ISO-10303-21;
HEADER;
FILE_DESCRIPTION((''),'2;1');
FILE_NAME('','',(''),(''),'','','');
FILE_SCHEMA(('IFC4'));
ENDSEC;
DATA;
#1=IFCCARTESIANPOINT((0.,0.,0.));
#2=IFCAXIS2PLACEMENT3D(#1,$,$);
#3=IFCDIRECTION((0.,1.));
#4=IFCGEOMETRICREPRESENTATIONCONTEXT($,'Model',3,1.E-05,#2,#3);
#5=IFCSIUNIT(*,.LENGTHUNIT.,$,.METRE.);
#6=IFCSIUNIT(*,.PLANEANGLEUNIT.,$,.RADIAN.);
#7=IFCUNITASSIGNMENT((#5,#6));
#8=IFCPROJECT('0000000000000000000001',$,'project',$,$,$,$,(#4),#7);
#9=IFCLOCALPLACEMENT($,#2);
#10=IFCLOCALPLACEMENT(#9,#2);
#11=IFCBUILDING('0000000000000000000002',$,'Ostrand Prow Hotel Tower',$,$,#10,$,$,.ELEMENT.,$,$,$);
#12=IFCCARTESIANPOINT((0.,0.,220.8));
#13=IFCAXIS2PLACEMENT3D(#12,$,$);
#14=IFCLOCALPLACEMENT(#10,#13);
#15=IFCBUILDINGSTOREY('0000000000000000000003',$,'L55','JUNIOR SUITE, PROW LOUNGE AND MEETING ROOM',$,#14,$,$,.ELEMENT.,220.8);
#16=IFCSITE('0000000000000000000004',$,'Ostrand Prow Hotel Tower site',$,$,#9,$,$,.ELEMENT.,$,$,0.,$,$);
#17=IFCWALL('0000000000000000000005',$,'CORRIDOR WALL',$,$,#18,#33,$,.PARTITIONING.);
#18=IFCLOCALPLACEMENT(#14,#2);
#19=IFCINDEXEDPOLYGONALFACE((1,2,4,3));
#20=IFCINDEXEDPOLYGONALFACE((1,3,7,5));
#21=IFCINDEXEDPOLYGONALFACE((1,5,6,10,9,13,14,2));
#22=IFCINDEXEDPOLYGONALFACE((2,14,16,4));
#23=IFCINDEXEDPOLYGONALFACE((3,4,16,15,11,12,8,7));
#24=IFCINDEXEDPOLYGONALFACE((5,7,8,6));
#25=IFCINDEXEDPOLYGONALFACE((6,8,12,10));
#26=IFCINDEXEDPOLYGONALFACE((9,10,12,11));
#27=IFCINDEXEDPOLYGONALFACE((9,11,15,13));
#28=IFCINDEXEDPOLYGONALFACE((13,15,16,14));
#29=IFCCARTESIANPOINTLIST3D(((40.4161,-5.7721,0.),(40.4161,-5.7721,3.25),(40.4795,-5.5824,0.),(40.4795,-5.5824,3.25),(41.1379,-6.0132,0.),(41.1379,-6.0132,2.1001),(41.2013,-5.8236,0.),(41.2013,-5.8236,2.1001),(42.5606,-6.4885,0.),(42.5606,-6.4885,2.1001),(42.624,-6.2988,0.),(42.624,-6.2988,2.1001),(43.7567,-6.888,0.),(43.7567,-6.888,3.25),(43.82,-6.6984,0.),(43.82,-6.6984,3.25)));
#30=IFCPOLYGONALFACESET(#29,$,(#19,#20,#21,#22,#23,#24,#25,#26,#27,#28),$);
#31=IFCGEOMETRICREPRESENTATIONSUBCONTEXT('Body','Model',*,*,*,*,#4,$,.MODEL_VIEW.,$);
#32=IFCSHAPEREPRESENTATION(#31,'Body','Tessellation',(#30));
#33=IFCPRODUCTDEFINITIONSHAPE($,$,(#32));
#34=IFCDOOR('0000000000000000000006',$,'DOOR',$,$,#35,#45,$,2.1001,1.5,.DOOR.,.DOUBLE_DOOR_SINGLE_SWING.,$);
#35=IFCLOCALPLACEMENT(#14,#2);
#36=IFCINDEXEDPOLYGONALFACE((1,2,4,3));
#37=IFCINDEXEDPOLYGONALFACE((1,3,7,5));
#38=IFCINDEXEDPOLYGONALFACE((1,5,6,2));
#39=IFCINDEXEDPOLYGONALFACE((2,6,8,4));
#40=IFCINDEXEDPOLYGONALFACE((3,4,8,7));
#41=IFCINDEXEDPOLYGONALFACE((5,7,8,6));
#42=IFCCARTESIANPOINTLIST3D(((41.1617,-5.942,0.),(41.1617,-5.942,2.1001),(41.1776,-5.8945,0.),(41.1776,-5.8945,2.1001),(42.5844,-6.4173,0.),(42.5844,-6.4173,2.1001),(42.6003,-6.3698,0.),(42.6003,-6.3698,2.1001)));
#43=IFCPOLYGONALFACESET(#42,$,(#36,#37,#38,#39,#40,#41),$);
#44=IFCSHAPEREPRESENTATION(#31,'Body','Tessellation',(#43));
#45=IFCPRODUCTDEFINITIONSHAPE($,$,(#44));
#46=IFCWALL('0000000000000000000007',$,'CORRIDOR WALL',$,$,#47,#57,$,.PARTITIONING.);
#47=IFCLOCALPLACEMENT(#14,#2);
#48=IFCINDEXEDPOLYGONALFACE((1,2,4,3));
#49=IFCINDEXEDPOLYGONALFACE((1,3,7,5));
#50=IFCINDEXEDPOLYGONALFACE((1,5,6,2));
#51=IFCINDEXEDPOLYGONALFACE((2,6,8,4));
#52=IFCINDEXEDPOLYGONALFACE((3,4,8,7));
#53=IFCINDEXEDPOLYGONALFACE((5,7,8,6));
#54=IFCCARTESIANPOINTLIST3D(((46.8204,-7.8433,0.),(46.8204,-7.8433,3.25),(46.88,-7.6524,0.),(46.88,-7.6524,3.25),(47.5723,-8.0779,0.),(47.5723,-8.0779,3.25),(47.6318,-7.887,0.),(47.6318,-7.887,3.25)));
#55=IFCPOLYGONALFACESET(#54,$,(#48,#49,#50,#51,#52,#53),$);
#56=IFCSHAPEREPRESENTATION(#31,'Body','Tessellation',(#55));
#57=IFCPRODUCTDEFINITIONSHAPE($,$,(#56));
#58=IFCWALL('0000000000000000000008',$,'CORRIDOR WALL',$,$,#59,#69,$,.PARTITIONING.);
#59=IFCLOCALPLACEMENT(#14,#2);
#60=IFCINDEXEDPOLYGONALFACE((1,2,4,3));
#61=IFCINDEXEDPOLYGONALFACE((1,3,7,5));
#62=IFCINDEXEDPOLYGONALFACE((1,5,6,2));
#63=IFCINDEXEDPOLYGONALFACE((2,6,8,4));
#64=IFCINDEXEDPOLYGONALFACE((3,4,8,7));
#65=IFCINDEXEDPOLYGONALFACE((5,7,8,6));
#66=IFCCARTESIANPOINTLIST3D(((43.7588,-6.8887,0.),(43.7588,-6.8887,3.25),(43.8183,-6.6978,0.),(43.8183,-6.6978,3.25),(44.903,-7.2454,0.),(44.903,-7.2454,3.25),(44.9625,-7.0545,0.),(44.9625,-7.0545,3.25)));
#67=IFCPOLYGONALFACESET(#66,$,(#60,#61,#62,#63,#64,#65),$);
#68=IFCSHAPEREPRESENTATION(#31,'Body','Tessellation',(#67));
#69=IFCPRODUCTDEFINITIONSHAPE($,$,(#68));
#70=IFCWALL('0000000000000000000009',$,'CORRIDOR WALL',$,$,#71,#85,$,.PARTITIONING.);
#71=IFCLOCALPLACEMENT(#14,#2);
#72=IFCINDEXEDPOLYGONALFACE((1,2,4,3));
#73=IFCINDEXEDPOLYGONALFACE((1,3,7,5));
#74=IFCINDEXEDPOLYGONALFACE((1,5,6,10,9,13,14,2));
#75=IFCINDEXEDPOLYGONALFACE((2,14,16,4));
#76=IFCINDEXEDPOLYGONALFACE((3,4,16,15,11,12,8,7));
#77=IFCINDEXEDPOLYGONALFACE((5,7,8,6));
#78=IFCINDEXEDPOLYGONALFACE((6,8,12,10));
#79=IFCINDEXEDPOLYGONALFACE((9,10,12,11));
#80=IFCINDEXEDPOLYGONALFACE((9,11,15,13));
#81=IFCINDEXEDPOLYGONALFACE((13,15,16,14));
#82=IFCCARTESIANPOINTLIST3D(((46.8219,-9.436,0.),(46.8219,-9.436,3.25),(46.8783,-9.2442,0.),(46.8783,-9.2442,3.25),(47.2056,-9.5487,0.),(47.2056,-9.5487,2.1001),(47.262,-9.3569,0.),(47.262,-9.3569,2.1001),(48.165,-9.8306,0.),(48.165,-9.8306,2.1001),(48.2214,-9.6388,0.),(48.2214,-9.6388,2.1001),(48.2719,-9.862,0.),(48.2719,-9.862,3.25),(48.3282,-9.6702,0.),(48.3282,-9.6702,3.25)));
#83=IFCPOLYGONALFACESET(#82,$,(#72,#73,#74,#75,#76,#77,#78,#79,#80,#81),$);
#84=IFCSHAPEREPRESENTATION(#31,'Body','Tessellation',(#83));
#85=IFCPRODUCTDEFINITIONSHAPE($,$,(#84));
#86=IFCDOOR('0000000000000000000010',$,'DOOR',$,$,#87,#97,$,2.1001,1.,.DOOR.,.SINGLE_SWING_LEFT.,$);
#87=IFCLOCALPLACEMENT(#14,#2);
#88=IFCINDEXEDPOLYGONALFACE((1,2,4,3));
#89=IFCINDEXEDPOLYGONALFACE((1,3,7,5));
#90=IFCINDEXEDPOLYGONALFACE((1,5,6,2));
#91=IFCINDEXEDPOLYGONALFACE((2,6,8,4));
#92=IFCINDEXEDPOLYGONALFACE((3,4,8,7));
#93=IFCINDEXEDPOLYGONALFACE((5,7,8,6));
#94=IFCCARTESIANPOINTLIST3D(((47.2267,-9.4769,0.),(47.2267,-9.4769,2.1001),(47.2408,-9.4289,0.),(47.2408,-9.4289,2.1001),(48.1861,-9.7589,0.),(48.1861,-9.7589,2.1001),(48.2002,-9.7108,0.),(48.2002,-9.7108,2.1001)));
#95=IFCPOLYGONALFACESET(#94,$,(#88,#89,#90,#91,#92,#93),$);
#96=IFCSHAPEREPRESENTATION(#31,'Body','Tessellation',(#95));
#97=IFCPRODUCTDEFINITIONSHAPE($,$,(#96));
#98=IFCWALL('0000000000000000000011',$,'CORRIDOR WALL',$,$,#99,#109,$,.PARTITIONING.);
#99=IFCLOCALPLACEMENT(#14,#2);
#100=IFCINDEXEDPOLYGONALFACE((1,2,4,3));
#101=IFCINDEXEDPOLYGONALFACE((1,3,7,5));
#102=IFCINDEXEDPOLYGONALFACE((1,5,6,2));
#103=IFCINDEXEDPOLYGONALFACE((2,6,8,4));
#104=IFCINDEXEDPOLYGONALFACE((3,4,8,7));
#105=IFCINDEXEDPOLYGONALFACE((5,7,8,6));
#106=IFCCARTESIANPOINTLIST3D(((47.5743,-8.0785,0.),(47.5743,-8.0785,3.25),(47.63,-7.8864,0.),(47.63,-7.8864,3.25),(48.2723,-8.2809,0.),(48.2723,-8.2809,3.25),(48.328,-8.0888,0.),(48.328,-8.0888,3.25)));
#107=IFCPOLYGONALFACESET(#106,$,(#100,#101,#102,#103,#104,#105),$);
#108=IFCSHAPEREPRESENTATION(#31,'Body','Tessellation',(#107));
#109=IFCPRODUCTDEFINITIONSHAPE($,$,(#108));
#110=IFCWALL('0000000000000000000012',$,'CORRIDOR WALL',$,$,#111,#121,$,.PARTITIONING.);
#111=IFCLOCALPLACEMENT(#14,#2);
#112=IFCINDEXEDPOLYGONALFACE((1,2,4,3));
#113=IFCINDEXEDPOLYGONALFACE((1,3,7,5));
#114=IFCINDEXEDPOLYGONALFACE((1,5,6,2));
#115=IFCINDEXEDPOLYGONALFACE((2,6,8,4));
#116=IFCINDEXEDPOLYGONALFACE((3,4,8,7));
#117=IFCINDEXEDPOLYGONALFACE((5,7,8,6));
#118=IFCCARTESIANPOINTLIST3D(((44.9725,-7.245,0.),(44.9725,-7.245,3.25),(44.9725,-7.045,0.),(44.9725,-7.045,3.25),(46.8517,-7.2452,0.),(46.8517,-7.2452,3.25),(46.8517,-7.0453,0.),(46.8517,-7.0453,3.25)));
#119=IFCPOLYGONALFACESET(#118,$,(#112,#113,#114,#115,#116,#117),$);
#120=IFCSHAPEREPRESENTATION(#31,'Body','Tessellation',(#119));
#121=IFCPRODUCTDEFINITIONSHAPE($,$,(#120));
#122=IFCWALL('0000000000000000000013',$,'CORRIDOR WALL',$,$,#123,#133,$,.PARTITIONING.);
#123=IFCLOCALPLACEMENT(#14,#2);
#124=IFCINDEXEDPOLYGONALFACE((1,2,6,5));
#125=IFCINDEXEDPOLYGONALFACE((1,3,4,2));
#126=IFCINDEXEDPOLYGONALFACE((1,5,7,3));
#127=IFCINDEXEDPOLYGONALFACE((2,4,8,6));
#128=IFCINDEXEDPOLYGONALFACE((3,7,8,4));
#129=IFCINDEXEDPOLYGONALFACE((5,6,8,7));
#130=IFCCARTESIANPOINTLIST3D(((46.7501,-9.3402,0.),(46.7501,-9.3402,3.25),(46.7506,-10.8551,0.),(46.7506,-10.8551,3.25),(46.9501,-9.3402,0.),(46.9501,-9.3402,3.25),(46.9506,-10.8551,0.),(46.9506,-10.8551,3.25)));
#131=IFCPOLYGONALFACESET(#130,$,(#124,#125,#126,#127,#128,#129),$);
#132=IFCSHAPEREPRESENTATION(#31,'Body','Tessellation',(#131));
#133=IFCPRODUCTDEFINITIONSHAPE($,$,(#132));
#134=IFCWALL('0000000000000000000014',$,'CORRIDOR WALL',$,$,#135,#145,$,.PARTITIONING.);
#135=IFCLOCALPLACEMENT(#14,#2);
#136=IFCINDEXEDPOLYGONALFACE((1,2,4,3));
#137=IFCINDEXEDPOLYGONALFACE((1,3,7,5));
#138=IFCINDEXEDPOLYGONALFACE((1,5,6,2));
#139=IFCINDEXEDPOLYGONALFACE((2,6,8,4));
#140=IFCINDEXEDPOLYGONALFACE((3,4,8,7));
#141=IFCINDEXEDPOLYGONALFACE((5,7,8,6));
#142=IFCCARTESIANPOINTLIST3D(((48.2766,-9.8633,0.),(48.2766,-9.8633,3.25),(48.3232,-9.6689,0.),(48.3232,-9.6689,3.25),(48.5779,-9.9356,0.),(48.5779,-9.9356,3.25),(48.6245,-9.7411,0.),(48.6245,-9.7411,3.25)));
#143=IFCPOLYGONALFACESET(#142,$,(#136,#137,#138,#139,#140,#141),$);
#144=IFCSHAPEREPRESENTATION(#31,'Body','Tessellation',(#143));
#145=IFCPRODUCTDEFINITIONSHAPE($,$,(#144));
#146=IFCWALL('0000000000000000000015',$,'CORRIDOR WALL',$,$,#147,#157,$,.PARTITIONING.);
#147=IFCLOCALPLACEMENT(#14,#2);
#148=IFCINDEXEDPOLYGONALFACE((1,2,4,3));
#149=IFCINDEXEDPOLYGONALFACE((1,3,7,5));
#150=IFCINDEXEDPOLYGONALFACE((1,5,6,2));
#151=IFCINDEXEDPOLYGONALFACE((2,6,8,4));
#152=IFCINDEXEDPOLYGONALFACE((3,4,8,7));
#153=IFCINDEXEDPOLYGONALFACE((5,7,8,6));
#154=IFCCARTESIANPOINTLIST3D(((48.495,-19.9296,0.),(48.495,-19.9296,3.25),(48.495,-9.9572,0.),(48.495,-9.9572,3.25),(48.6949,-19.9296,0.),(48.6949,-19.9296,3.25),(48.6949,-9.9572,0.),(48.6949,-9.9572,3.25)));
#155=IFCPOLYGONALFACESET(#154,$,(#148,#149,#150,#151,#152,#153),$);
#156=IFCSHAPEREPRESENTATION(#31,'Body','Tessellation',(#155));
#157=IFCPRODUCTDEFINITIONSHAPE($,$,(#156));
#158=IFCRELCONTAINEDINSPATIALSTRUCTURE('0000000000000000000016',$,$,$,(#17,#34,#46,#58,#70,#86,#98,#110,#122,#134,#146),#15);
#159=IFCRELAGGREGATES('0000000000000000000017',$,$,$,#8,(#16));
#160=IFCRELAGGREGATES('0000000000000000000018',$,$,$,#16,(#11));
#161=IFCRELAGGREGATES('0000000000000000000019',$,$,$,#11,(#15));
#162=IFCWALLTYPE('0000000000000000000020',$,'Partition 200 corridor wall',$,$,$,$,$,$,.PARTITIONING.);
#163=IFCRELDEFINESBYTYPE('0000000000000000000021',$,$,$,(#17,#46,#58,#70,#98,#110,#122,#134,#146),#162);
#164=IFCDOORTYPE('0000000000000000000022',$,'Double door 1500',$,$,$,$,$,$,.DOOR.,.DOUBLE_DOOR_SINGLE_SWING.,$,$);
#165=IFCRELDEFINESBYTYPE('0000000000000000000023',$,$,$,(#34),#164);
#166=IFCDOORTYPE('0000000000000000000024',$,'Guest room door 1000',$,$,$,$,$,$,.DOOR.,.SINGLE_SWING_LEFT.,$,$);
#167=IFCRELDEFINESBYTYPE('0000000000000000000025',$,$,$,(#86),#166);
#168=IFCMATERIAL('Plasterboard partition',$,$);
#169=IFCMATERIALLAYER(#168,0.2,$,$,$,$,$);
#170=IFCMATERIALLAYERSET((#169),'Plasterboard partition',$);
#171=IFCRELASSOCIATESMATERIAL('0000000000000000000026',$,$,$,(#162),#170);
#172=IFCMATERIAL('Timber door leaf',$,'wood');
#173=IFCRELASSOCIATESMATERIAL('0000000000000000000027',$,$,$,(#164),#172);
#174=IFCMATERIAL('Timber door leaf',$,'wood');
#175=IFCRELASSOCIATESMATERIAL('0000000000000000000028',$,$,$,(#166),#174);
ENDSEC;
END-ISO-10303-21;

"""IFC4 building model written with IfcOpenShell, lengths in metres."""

from ifc_helpers import new_model, si_unit, direction, frame, frame_2d, origin, place, context, subcontext, project, spatial, rectangle, extrude, material, layer, layer_set, type_object, element, fill, save


model = new_model("IFC4")

# Units and contexts
model_context = context("Model", 3, precision=1e-05, world=origin(), true_north=direction((0.0, 1.0)))
body_context = subcontext(model_context, "Body", "Model", "MODEL_VIEW")
ifc_project = project(units=[si_unit("LENGTHUNIT", "METRE"), si_unit("PLANEANGLEUNIT", "RADIAN")], contexts=[model_context])

# Site, building, storey
site_placement = place(None, origin())
site = spatial("IfcSite", under=ifc_project, at=site_placement, Name="Ostrand Prow Hotel Tower site", CompositionType="ELEMENT", RefElevation=0.0)
building_placement = place(site_placement, origin())
building = spatial("IfcBuilding", under=site, at=building_placement, Name="Ostrand Prow Hotel Tower", CompositionType="ELEMENT")
storey_placement = place(building_placement, frame((0.0, 0.0, 220.8)))
storey = spatial("IfcBuildingStorey", under=building, at=storey_placement, Name="L55", Description="JUNIOR SUITE, PROW LOUNGE AND MEETING ROOM", CompositionType="ELEMENT", Elevation=220.8)

# Wall, opening, door
ifc_material_1 = material(Name="Plasterboard partition")
ifc_layer_1 = layer(ifc_material_1, 0.2)
ifc_layer_set_1 = layer_set([ifc_layer_1], Name="Plasterboard partition")
wall_type_1 = type_object("IfcWallType", Name="Partition 200 corridor wall", PredefinedType="PARTITIONING", material=ifc_layer_set_1)
wall_1_placement = place(storey_placement, frame((43.7883, -6.7932, 0.0), z_axis=(0.0, 0.0, 1.0), x_axis=(-0.948475, 0.316852, 0.0)))
wall_1 = element("IfcWall", 1, at=wall_1_placement, inside=storey, type_object=wall_type_1, Name="CORRIDOR WALL", PredefinedType="PARTITIONING", context=body_context, shape_type="SweptSolid", body=[
    extrude(rectangle(XDim=3.522, YDim=0.2, at=frame_2d((1.761, 0.0))), origin(), (0.0, 0.0, 1.0), 3.25),
])
opening_1_placement = place(wall_1_placement, frame((1.261, 0.0, 0.0)))
opening_1 = element("IfcOpeningElement", 2, at=opening_1_placement, cuts=wall_1, PredefinedType="OPENING", context=body_context, shape_type="SweptSolid", body=[
    extrude(rectangle(XDim=1.5, YDim=2.1001, at=frame_2d((0.75, 1.05))), frame((0.0, 0.1099, 0.0), z_axis=(0.0, -1.0, 0.0), x_axis=(1.0, 0.0, 0.0)), (0.0, 0.0, 1.0), 0.22),
])
ifc_material_2 = material(Name="Timber door leaf", Category="wood")
door_type_1 = type_object("IfcDoorType", Name="Double door 1500", OperationType="DOUBLE_DOOR_SINGLE_SWING", PredefinedType="DOOR", material=ifc_material_2)
door_1_placement = place(opening_1_placement, origin())
door_1 = element("IfcDoor", 3, at=door_1_placement, inside=storey, type_object=door_type_1, Name="DOOR", OperationType="DOUBLE_DOOR_SINGLE_SWING", OverallHeight=2.1001, OverallWidth=1.5, PredefinedType="DOOR", context=body_context, shape_type="SweptSolid", body=[
    extrude(rectangle(XDim=1.5, YDim=2.1001, at=frame_2d((0.75, 1.05))), frame((0.0, 0.0249, 0.0), z_axis=(0.0, -1.0, 0.0), x_axis=(1.0, 0.0, 0.0)), (0.0, 0.0, 1.0), 0.05),
])
fill(opening_1, door_1)

# Walls
wall_2_placement = place(storey_placement, frame((47.6021, -7.9824, 0.0), z_axis=(0.0, 0.0, 1.0), x_axis=(-0.954612, 0.297851, 0.0)))
element("IfcWall", 4, at=wall_2_placement, inside=storey, type_object=wall_type_1, Name="CORRIDOR WALL", PredefinedType="PARTITIONING", context=body_context, shape_type="SweptSolid", body=[
    extrude(rectangle(XDim=0.7876, YDim=0.2, at=frame_2d((0.3938, 0.0))), origin(), (0.0, 0.0, 1.0), 3.25),
])
wall_3_placement = place(storey_placement, frame((44.9326, -7.1499, 0.0), z_axis=(0.0, 0.0, 1.0), x_axis=(-0.954694, 0.297591, 0.0)))
element("IfcWall", 5, at=wall_3_placement, inside=storey, type_object=wall_type_1, Name="CORRIDOR WALL", PredefinedType="PARTITIONING", context=body_context, shape_type="SweptSolid", body=[
    extrude(rectangle(XDim=1.1985, YDim=0.2, at=frame_2d((0.5991, 0.0))), origin(), (0.0, 0.0, 1.0), 3.25),
])

# Wall, opening, door
wall_4_placement = place(storey_placement, frame((46.8501, -9.3401, 0.0), z_axis=(0.0, 0.0, 1.0), x_axis=(0.959443, -0.281904, 0.0)))
wall_4 = element("IfcWall", 6, at=wall_4_placement, inside=storey, type_object=wall_type_1, Name="CORRIDOR WALL", PredefinedType="PARTITIONING", context=body_context, shape_type="SweptSolid", body=[
    extrude(rectangle(XDim=1.5112, YDim=0.2, at=frame_2d((0.7556, 0.0))), origin(), (0.0, 0.0, 1.0), 3.25),
])
opening_2_placement = place(wall_4_placement, frame((0.3999, 0.0, 0.0)))
opening_2 = element("IfcOpeningElement", 7, at=opening_2_placement, cuts=wall_4, PredefinedType="OPENING", context=body_context, shape_type="SweptSolid", body=[
    extrude(rectangle(XDim=1.0, YDim=2.1001, at=frame_2d((0.5, 1.05))), frame((0.0, 0.1099, 0.0), z_axis=(0.0, -1.0, 0.0), x_axis=(1.0, 0.0, 0.0)), (0.0, 0.0, 1.0), 0.22),
])
ifc_material_3 = material(Name="Timber door leaf", Category="wood")
door_type_2 = type_object("IfcDoorType", Name="Guest room door 1000", OperationType="SINGLE_SWING_LEFT", PredefinedType="DOOR", material=ifc_material_3)
door_2_placement = place(opening_2_placement, origin())
door_2 = element("IfcDoor", 8, at=door_2_placement, inside=storey, type_object=door_type_2, Name="DOOR", OperationType="SINGLE_SWING_LEFT", OverallHeight=2.1001, OverallWidth=1.0, PredefinedType="DOOR", context=body_context, shape_type="SweptSolid", body=[
    extrude(rectangle(XDim=1.0, YDim=2.1001, at=frame_2d((0.5, 1.05))), frame((0.0, 0.0249, 0.0), z_axis=(0.0, -1.0, 0.0), x_axis=(1.0, 0.0, 0.0)), (0.0, 0.0, 1.0), 0.05),
])
fill(opening_2, door_2)

# Walls
wall_5_placement = place(storey_placement, frame((48.3, -8.1848, 0.0), z_axis=(0.0, 0.0, 1.0), x_axis=(-0.960439, 0.27849, 0.0)))
element("IfcWall", 9, at=wall_5_placement, inside=storey, type_object=wall_type_1, Name="CORRIDOR WALL", PredefinedType="PARTITIONING", context=body_context, shape_type="SweptSolid", body=[
    extrude(rectangle(XDim=0.7268, YDim=0.2, at=frame_2d((0.3633, 0.0))), origin(), (0.0, 0.0, 1.0), 3.25),
])
wall_6_placement = place(storey_placement, frame((46.8516, -7.1453, 0.0), z_axis=(0.0, 0.0, 1.0), x_axis=(-1.0, 0.00013, 0.0)))
element("IfcWall", 10, at=wall_6_placement, inside=storey, type_object=wall_type_1, Name="CORRIDOR WALL", PredefinedType="PARTITIONING", context=body_context, shape_type="SweptSolid", body=[
    extrude(rectangle(XDim=1.8792, YDim=0.2, at=frame_2d((0.9395, 0.0))), origin(), (0.0, 0.0, 1.0), 3.25),
])
wall_7_placement = place(storey_placement, frame((46.8506, -10.855, 0.0), z_axis=(0.0, 0.0, 1.0), x_axis=(-0.000322, 1.0, 0.0)))
element("IfcWall", 11, at=wall_7_placement, inside=storey, type_object=wall_type_1, Name="CORRIDOR WALL", PredefinedType="PARTITIONING", context=body_context, shape_type="SweptSolid", body=[
    extrude(rectangle(XDim=1.5149, YDim=0.2, at=frame_2d((0.7573, 0.0))), origin(), (0.0, 0.0, 1.0), 3.25),
])
wall_8_placement = place(storey_placement, frame((48.3, -9.7661, 0.0), z_axis=(0.0, 0.0, 1.0), x_axis=(0.972416, -0.233254, 0.0)))
element("IfcWall", 12, at=wall_8_placement, inside=storey, type_object=wall_type_1, Name="CORRIDOR WALL", PredefinedType="PARTITIONING", context=body_context, shape_type="SweptSolid", body=[
    extrude(rectangle(XDim=0.3098, YDim=0.2, at=frame_2d((0.1548, 0.0))), origin(), (0.0, 0.0, 1.0), 3.25),
])
wall_9_placement = place(storey_placement, frame((48.595, -9.957, 0.0), z_axis=(0.0, 0.0, 1.0), x_axis=(0.0, -1.0, 0.0)))
element("IfcWall", 13, at=wall_9_placement, inside=storey, type_object=wall_type_1, Name="CORRIDOR WALL", PredefinedType="PARTITIONING", context=body_context, shape_type="SweptSolid", body=[
    extrude(rectangle(XDim=9.9724, YDim=0.2, at=frame_2d((4.9863, 0.0))), origin(), (0.0, 0.0, 1.0), 3.25),
])

save(model, "model.ifc")
